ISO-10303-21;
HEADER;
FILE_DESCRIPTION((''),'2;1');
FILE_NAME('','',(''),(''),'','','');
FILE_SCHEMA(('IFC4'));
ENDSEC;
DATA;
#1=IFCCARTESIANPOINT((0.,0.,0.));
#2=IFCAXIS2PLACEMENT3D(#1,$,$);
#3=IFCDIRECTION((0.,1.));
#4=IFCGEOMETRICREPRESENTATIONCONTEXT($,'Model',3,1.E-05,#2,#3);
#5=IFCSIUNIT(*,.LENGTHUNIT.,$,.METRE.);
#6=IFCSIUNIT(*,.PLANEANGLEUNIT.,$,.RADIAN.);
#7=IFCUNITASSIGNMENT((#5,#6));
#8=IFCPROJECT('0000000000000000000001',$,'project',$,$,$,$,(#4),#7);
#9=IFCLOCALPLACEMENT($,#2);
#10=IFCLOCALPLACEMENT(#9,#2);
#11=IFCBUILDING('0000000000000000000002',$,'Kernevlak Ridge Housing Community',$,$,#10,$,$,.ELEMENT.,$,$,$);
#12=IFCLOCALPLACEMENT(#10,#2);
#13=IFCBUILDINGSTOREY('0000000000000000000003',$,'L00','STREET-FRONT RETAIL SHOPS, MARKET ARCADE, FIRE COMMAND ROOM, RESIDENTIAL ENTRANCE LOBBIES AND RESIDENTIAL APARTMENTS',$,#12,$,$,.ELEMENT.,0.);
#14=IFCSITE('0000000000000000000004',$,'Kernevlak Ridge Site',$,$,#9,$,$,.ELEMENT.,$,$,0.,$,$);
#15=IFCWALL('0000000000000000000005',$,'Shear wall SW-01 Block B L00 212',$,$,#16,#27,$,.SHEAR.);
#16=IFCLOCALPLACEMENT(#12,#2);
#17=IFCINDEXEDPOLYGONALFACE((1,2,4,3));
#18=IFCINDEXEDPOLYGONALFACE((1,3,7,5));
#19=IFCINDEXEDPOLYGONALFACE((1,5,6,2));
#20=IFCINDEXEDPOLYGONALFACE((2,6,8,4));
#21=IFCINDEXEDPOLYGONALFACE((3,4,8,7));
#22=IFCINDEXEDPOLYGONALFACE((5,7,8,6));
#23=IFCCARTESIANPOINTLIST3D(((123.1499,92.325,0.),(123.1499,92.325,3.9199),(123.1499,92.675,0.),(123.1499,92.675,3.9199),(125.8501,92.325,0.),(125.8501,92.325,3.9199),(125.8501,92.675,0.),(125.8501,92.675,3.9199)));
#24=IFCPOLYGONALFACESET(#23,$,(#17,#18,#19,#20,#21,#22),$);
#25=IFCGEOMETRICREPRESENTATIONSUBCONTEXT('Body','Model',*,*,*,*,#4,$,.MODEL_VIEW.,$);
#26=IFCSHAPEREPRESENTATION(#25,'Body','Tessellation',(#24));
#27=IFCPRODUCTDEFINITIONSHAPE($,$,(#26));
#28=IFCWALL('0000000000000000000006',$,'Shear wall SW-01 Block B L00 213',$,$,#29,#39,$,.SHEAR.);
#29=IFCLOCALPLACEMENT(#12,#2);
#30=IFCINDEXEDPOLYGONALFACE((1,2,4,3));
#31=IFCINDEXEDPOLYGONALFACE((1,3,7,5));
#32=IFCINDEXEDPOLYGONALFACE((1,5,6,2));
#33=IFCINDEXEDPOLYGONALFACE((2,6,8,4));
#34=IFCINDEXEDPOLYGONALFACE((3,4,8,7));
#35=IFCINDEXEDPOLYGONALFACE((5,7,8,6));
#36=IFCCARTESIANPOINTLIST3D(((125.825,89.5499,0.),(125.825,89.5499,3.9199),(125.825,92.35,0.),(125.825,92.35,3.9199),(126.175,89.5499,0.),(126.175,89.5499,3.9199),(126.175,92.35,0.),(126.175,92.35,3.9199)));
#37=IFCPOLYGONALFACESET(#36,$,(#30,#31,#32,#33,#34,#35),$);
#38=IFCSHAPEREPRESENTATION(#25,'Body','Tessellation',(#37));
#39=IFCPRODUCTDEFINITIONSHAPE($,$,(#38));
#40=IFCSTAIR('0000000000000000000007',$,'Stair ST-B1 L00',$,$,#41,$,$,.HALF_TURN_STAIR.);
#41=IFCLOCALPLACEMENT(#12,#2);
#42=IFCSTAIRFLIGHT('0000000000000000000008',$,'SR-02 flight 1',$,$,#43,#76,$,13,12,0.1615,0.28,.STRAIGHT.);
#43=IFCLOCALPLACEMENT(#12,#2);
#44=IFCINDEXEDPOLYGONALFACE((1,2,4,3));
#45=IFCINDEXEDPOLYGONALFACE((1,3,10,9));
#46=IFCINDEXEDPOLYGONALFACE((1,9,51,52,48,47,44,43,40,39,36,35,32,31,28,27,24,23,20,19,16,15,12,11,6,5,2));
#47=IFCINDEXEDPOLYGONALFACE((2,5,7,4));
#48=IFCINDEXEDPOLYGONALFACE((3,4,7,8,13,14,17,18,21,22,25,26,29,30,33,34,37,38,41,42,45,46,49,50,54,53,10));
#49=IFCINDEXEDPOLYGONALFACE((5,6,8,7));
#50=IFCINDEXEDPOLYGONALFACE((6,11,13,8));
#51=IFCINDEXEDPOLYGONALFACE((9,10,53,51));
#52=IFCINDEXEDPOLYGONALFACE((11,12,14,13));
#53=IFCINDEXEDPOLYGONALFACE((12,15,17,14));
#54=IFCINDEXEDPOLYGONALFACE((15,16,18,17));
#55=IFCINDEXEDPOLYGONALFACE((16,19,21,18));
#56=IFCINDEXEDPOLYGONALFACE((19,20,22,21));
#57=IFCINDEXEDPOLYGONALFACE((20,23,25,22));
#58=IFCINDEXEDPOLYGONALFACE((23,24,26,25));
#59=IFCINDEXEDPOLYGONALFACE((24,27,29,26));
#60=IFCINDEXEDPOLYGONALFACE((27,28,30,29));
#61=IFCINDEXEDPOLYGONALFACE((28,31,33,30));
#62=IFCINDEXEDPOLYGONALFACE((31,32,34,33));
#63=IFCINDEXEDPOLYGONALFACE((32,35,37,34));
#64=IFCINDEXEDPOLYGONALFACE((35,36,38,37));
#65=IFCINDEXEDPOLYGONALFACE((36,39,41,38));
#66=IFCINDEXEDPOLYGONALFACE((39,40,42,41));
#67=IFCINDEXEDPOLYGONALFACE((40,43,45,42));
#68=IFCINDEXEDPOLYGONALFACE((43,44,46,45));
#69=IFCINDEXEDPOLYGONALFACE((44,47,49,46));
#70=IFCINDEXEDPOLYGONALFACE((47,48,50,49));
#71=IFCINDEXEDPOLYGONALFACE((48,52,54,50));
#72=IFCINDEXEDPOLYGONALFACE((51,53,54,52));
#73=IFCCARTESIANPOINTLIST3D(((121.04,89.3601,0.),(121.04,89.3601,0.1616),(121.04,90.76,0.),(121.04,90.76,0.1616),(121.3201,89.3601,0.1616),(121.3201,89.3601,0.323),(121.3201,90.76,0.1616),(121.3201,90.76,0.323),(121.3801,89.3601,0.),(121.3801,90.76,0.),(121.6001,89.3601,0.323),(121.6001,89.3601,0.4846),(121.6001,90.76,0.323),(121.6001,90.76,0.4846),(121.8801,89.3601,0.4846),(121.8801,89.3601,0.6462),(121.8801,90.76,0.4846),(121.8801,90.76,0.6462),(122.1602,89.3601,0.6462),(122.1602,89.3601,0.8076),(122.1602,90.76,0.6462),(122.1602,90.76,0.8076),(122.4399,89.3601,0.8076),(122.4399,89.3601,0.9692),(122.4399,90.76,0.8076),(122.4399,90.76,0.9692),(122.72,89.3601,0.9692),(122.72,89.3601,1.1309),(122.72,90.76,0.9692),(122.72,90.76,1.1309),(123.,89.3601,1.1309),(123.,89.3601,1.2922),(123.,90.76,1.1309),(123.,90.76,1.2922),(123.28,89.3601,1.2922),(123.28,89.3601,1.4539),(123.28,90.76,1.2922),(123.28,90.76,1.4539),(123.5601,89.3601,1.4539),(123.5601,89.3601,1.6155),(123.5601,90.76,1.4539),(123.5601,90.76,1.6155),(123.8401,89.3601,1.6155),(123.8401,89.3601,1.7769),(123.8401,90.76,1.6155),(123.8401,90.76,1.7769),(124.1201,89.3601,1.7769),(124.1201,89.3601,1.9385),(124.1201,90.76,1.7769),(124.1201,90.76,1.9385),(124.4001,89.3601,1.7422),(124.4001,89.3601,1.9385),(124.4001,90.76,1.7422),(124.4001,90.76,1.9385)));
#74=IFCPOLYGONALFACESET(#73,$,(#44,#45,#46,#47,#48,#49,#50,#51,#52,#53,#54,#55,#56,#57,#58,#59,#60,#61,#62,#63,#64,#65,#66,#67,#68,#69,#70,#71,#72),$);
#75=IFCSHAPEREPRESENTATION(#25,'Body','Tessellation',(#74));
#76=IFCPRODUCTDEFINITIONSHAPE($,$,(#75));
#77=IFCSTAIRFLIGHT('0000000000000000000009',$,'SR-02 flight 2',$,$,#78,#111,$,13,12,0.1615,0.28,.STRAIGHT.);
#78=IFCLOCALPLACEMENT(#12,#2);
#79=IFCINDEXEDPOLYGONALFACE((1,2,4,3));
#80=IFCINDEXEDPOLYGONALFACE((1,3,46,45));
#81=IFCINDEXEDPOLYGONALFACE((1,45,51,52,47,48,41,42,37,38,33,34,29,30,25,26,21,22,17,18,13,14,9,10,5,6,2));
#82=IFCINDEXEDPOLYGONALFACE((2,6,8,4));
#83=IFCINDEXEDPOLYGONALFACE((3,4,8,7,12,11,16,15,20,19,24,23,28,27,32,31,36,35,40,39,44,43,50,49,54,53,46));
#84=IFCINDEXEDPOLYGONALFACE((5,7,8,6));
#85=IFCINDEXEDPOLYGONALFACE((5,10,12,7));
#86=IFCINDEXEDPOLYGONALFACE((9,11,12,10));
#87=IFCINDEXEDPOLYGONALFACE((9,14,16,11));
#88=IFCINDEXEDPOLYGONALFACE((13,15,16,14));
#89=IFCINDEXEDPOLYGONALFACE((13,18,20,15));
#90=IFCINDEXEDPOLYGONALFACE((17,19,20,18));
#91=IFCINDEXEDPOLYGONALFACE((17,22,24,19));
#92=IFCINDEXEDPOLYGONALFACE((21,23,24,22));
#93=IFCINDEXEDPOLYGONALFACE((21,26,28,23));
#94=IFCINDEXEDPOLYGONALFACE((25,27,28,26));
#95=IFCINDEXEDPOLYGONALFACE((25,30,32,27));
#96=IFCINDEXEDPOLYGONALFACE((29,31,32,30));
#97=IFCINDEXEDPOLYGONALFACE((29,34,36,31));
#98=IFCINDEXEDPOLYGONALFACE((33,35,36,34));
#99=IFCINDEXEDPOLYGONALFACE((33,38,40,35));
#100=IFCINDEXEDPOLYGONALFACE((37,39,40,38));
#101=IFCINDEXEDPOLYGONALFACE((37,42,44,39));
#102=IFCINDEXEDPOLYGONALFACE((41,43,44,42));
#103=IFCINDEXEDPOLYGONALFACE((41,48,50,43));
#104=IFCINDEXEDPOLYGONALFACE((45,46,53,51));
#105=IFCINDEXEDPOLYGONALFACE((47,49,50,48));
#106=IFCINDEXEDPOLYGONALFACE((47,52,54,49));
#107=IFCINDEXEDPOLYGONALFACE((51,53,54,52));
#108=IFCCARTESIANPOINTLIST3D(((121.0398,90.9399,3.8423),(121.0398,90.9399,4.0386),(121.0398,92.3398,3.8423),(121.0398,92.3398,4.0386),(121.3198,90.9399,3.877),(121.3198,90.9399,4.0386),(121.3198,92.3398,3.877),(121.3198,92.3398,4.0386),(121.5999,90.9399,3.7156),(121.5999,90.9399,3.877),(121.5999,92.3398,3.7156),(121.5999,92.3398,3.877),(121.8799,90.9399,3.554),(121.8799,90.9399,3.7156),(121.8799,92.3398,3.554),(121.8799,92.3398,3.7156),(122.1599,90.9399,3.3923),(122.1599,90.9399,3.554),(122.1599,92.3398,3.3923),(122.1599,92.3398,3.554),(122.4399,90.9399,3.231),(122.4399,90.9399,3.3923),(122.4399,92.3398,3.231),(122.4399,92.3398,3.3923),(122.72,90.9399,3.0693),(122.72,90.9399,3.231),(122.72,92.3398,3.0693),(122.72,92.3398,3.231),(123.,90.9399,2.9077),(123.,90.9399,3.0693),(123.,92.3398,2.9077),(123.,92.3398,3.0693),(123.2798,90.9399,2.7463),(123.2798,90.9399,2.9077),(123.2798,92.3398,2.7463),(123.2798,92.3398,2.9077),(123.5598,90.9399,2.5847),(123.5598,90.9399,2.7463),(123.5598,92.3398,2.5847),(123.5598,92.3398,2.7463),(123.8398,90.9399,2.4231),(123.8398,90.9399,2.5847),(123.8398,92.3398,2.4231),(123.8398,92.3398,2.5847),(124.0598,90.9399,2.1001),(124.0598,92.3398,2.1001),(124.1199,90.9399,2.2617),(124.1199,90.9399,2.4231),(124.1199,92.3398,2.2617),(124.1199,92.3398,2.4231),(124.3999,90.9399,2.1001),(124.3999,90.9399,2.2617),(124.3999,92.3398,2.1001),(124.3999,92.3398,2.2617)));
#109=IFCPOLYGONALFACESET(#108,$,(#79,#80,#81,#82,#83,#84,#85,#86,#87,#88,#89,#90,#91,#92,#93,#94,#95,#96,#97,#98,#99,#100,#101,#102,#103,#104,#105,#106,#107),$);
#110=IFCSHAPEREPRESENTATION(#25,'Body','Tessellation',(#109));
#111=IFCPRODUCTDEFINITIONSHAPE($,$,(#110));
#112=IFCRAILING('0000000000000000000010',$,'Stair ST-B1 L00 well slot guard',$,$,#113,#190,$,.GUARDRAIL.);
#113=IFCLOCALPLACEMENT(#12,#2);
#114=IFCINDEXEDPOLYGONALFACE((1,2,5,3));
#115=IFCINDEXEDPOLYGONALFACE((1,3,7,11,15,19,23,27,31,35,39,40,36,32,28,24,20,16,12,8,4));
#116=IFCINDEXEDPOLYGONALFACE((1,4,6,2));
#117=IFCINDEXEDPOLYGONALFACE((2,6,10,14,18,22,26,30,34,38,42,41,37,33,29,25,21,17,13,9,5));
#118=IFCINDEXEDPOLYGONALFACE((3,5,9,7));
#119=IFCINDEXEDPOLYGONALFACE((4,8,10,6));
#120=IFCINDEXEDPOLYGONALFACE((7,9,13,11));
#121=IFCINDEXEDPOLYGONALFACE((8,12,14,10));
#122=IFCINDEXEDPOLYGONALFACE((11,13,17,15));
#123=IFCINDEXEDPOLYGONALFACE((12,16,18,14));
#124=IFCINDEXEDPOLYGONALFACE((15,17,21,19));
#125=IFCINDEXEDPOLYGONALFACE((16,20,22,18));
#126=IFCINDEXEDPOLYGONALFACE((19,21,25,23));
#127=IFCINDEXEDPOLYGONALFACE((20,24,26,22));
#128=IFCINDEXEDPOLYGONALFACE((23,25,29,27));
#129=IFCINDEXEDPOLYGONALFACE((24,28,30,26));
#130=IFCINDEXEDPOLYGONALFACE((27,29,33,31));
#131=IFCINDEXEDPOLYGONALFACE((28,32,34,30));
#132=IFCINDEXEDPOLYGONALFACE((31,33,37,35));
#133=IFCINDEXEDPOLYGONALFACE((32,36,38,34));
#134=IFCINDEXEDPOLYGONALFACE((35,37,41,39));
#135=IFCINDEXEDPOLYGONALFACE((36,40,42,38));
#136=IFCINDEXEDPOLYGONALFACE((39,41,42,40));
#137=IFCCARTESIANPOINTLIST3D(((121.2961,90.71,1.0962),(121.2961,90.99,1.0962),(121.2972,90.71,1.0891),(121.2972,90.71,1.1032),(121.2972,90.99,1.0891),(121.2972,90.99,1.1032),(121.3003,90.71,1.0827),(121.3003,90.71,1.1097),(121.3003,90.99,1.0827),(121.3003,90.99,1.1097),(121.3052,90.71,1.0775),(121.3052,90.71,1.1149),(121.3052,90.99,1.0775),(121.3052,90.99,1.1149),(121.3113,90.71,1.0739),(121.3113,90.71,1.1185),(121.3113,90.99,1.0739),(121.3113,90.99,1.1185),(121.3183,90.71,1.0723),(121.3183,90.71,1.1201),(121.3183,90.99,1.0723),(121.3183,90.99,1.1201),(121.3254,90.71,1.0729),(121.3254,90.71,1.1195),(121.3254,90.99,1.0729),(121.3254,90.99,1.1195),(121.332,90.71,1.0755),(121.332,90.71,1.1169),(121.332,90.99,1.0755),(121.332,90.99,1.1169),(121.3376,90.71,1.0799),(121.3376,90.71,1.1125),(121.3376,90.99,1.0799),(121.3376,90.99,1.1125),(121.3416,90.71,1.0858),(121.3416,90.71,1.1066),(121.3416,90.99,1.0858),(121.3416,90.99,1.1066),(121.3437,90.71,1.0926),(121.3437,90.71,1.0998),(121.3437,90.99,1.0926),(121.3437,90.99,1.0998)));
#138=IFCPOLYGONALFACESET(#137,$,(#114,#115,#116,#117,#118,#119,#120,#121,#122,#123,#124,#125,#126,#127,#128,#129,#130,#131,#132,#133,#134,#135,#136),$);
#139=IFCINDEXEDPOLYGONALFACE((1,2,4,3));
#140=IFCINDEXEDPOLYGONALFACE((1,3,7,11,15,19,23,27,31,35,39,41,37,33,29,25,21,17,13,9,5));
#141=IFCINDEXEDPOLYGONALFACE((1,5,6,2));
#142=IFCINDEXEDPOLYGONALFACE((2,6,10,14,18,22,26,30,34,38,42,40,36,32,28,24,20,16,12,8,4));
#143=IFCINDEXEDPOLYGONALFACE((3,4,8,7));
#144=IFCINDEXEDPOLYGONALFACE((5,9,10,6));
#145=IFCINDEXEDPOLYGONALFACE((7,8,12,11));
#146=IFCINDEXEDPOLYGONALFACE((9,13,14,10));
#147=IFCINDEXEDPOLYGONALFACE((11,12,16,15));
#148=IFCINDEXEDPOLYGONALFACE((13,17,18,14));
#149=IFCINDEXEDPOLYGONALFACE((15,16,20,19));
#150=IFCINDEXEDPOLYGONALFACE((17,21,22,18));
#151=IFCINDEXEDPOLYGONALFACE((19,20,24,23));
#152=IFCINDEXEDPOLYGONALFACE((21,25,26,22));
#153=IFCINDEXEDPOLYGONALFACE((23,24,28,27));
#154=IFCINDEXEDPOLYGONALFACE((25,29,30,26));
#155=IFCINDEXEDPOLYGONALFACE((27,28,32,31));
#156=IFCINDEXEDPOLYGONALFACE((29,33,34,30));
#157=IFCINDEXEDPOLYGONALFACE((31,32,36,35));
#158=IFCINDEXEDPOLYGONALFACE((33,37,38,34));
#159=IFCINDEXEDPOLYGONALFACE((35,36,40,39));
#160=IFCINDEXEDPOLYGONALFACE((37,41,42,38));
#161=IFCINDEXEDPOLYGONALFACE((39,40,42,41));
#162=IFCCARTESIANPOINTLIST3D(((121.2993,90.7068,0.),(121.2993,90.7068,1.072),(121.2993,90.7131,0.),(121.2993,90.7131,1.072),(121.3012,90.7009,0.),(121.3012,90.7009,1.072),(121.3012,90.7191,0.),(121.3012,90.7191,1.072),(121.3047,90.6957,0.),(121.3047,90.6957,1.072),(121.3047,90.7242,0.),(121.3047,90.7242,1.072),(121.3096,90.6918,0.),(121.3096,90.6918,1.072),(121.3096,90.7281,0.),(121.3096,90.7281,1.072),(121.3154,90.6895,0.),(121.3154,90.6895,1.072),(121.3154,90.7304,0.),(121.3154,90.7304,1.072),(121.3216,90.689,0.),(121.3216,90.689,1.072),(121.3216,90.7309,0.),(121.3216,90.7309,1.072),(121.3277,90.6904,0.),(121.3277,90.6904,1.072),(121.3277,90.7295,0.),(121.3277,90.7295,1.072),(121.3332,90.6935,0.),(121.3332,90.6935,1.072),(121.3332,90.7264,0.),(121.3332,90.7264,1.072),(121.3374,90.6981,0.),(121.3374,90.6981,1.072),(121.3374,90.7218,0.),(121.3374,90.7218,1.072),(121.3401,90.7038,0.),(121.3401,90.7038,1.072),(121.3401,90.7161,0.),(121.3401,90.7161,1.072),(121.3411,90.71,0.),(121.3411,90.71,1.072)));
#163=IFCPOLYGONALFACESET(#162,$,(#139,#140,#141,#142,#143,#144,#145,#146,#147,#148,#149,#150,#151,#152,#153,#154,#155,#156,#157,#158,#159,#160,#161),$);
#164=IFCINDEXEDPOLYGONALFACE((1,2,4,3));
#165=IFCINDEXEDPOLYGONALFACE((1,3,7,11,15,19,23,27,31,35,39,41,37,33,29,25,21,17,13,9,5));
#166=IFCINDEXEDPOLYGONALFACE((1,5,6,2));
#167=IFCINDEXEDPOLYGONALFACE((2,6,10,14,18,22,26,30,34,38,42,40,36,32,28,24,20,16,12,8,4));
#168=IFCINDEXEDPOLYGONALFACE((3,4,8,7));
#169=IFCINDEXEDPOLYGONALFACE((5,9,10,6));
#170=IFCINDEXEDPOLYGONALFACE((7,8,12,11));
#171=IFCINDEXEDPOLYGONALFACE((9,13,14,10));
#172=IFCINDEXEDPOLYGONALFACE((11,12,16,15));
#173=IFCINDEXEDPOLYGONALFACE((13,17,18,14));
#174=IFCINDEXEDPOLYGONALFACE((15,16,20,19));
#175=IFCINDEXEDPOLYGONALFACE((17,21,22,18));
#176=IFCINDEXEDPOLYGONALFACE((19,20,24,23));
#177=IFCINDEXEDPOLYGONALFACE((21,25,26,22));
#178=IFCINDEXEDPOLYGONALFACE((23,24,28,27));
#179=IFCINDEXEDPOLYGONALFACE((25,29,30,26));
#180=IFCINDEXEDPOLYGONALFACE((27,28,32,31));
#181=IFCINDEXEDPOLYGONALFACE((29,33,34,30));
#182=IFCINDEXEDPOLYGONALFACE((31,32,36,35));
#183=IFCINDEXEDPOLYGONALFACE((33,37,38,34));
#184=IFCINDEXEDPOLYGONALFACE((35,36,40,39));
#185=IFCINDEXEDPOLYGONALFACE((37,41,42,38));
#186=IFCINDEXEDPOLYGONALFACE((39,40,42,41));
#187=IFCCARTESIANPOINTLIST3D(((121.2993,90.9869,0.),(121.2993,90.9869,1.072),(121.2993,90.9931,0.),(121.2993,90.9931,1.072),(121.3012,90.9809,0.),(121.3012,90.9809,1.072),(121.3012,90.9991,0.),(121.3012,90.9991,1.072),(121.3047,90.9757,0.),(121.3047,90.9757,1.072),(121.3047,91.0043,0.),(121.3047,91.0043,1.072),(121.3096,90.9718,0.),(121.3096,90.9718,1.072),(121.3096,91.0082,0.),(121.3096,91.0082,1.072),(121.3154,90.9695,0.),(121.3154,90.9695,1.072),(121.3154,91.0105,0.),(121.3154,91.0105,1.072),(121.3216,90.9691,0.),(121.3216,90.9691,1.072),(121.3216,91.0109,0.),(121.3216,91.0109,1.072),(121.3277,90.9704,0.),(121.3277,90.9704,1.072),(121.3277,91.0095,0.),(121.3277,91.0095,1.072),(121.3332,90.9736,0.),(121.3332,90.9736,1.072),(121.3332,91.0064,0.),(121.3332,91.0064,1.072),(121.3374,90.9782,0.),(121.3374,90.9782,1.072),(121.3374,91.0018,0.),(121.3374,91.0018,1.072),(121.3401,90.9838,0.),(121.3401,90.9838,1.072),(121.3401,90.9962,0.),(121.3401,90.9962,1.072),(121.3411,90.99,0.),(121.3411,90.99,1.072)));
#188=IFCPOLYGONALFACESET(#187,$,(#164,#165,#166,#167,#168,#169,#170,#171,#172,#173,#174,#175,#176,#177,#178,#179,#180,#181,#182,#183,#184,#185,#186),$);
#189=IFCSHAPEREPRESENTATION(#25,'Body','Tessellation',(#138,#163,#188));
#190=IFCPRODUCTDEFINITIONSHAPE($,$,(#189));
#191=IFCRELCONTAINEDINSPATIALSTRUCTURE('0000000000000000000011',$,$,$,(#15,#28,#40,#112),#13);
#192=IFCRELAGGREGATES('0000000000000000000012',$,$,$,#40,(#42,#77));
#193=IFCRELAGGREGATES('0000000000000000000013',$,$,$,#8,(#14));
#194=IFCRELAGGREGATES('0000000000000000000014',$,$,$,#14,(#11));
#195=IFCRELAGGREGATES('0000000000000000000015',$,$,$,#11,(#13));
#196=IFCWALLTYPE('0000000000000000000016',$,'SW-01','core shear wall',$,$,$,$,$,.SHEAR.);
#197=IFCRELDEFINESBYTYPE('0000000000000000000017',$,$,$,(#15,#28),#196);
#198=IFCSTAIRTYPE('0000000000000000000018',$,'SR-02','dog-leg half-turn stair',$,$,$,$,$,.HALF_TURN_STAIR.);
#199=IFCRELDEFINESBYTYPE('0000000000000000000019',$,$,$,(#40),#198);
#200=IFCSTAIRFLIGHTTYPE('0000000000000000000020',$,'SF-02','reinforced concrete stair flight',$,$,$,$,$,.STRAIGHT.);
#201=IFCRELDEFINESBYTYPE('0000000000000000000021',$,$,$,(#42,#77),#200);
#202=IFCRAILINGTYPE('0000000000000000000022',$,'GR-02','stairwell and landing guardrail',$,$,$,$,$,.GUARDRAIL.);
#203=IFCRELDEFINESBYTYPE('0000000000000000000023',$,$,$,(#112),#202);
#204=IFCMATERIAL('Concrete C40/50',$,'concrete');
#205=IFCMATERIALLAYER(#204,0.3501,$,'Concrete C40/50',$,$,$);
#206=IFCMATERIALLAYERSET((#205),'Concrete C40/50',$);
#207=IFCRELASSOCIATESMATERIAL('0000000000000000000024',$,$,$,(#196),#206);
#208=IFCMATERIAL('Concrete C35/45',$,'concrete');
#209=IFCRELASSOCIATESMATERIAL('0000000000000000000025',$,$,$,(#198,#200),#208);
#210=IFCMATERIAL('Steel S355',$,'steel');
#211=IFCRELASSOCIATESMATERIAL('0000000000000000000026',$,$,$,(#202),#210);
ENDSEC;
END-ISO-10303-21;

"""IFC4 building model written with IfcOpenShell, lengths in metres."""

from ifc_helpers import new_model, si_unit, direction, frame, frame_2d, origin, origin_2d, place, context, subcontext, project, spatial, polyline, rectangle, circle, outline, extrude, material, layer, layer_set, type_object, element, aggregate, save


model = new_model("IFC4")

# Units and contexts
model_context = context("Model", 3, precision=1e-05, world=origin(), true_north=direction((0.0, 1.0)))
body_context = subcontext(model_context, "Body", "Model", "MODEL_VIEW")
ifc_project = project(units=[si_unit("LENGTHUNIT", "METRE"), si_unit("PLANEANGLEUNIT", "RADIAN")], contexts=[model_context])

# Site, building, storey
site_placement = place(None, origin())
site = spatial("IfcSite", under=ifc_project, at=site_placement, Name="Kernevlak Ridge Site", CompositionType="ELEMENT", RefElevation=0.0)
building_placement = place(site_placement, origin())
building = spatial("IfcBuilding", under=site, at=building_placement, Name="Kernevlak Ridge Housing Community", CompositionType="ELEMENT")
storey_placement = place(building_placement, origin())
storey = spatial("IfcBuildingStorey", under=building, at=storey_placement, Name="L00", Description="STREET-FRONT RETAIL SHOPS, MARKET ARCADE, FIRE COMMAND ROOM, RESIDENTIAL ENTRANCE LOBBIES AND RESIDENTIAL APARTMENTS", CompositionType="ELEMENT", Elevation=0.0)

# Shared definitions
ifc_material_1 = material(Name="Concrete C40/50", Category="concrete")

# Shared definitions
ifc_material_2 = material(Name="Concrete C35/45", Category="concrete")

# Walls
ifc_layer_1 = layer(ifc_material_1, 0.3501, Name="Concrete C40/50")
ifc_layer_set_1 = layer_set([ifc_layer_1], Name="Concrete C40/50")
wall_type_1 = type_object("IfcWallType", Name="SW-01", Description="core shear wall", PredefinedType="SHEAR", material=ifc_layer_set_1)
wall_1_placement = place(storey_placement, frame((123.1499, 92.5, 0.0), z_axis=(0.0, 0.0, 1.0), x_axis=(1.0, 0.0, 0.0)))
element("IfcWall", 1, at=wall_1_placement, inside=storey, type_object=wall_type_1, Name="Shear wall SW-01 Block B L00 212", PredefinedType="SHEAR", context=body_context, shape_type="SweptSolid", body=[
    extrude(rectangle(XDim=2.7002, YDim=0.3501, at=frame_2d((1.3501, 0.0))), origin(), (0.0, 0.0, 1.0), 3.9199),
])
wall_2_placement = place(storey_placement, frame((126.0, 89.55, 0.0), z_axis=(0.0, 0.0, 1.0), x_axis=(0.0, 1.0, 0.0)))
element("IfcWall", 2, at=wall_2_placement, inside=storey, type_object=wall_type_1, Name="Shear wall SW-01 Block B L00 213", PredefinedType="SHEAR", context=body_context, shape_type="SweptSolid", body=[
    extrude(rectangle(XDim=2.8, YDim=0.3501, at=frame_2d((1.3999, 0.0))), origin(), (0.0, 0.0, 1.0), 3.9199),
])

# Stair, stair flights
stair_type = type_object("IfcStairType", Name="SR-02", Description="dog-leg half-turn stair", PredefinedType="HALF_TURN_STAIR", material=ifc_material_2)
stair_placement = place(storey_placement, origin())
stair = element("IfcStair", 3, at=stair_placement, inside=storey, type_object=stair_type, Name="Stair ST-B1 L00", PredefinedType="HALF_TURN_STAIR")
stair_flight_type = type_object("IfcStairFlightType", Name="SF-02", Description="reinforced concrete stair flight", PredefinedType="STRAIGHT", material=ifc_material_2)
stair_flight_1_placement = place(storey_placement, frame((121.04, 90.0601, 0.0), z_axis=(0.0, 0.0, 1.0), x_axis=(1.0, 0.0, 0.0)))
stair_flight_1 = element("IfcStairFlight", 4, at=stair_flight_1_placement, type_object=stair_flight_type, Name="SR-02 flight 1", NumberOfRisers=13, NumberOfTreads=12, PredefinedType="STRAIGHT", RiserHeight=0.1615, TreadLength=0.28, context=body_context, shape_type="SweptSolid", body=[
    extrude(outline(polyline([(0.0, 0.0), (0.0, 0.1616), (0.28, 0.1616), (0.28, 0.323), (0.5601, 0.323), (0.5601, 0.4846), (0.8401, 0.4846), (0.8401, 0.6462), (1.1201, 0.6462), (1.1201, 0.8076), (1.3999, 0.8076), (1.3999, 0.9692), (1.6799, 0.9692), (1.6799, 1.1309), (1.96, 1.1309), (1.96, 1.2922), (2.24, 1.2922), (2.24, 1.4539), (2.52, 1.4539), (2.52, 1.6155), (2.8, 1.6155), (2.8, 1.7769), (3.0801, 1.7769), (3.0801, 1.9385), (3.3601, 1.9385), (3.3601, 2.1001), (3.3601, 1.7422), (0.3401, 0.0), (0.0, 0.0)])), frame((0.0, 0.7, 0.0), z_axis=(0.0, -1.0, 0.0), x_axis=(1.0, 0.0, 0.0)), (0.0, 0.0, 1.0), 1.3999),
])
stair_flight_2_placement = place(storey_placement, frame((124.3999, 91.6399, 2.1001), z_axis=(0.0, 0.0, 1.0), x_axis=(-1.0, 0.0, 0.0)))
stair_flight_2 = element("IfcStairFlight", 5, at=stair_flight_2_placement, type_object=stair_flight_type, Name="SR-02 flight 2", NumberOfRisers=13, NumberOfTreads=12, PredefinedType="STRAIGHT", RiserHeight=0.1615, TreadLength=0.28, context=body_context, shape_type="SweptSolid", body=[
    extrude(outline(polyline([(0.0, 0.0), (0.0, 0.1616), (0.28, 0.1616), (0.28, 0.323), (0.5601, 0.323), (0.5601, 0.4846), (0.8401, 0.4846), (0.8401, 0.6462), (1.1201, 0.6462), (1.1201, 0.8076), (1.3999, 0.8076), (1.3999, 0.9692), (1.6799, 0.9692), (1.6799, 1.1309), (1.96, 1.1309), (1.96, 1.2922), (2.24, 1.2922), (2.24, 1.4539), (2.52, 1.4539), (2.52, 1.6155), (2.8, 1.6155), (2.8, 1.7769), (3.0801, 1.7769), (3.0801, 1.9385), (3.3601, 1.9385), (3.3601, 2.1001), (3.3601, 1.7422), (0.3401, 0.0), (0.0, 0.0)])), frame((0.0, 0.7, 0.0), z_axis=(0.0, -1.0, 0.0), x_axis=(1.0, 0.0, 0.0)), (0.0, 0.0, 1.0), 1.3999),
])
aggregate(stair, [stair_flight_1, stair_flight_2])

# Railing
ifc_material_3 = material(Name="Steel S355", Category="steel")
railing_type_1 = type_object("IfcRailingType", Name="GR-02", Description="stairwell and landing guardrail", PredefinedType="GUARDRAIL", material=ifc_material_3)
railing_1_placement = place(storey_placement, frame((121.3201, 90.71, 0.0)))
element("IfcRailing", 6, at=railing_1_placement, inside=storey, type_object=railing_type_1, Name="Stair ST-B1 L00 well slot guard", PredefinedType="GUARDRAIL", context=body_context, shape_type="SweptSolid", body=[
    extrude(circle(Radius=0.0239, at=origin_2d()), frame((0.0, 0.0, 1.0962), z_axis=(0.0, 1.0, 0.0), x_axis=(-1.0, 0.0, 0.0)), (0.0, 0.0, 1.0), 0.28),
    extrude(circle(Radius=0.021, at=origin_2d()), origin(), (0.0, 0.0, 1.0), 1.072),
    extrude(circle(Radius=0.021, at=origin_2d()), frame((0.0, 0.28, 0.0)), (0.0, 0.0, 1.0), 1.072),
])

save(model, "model.ifc")
